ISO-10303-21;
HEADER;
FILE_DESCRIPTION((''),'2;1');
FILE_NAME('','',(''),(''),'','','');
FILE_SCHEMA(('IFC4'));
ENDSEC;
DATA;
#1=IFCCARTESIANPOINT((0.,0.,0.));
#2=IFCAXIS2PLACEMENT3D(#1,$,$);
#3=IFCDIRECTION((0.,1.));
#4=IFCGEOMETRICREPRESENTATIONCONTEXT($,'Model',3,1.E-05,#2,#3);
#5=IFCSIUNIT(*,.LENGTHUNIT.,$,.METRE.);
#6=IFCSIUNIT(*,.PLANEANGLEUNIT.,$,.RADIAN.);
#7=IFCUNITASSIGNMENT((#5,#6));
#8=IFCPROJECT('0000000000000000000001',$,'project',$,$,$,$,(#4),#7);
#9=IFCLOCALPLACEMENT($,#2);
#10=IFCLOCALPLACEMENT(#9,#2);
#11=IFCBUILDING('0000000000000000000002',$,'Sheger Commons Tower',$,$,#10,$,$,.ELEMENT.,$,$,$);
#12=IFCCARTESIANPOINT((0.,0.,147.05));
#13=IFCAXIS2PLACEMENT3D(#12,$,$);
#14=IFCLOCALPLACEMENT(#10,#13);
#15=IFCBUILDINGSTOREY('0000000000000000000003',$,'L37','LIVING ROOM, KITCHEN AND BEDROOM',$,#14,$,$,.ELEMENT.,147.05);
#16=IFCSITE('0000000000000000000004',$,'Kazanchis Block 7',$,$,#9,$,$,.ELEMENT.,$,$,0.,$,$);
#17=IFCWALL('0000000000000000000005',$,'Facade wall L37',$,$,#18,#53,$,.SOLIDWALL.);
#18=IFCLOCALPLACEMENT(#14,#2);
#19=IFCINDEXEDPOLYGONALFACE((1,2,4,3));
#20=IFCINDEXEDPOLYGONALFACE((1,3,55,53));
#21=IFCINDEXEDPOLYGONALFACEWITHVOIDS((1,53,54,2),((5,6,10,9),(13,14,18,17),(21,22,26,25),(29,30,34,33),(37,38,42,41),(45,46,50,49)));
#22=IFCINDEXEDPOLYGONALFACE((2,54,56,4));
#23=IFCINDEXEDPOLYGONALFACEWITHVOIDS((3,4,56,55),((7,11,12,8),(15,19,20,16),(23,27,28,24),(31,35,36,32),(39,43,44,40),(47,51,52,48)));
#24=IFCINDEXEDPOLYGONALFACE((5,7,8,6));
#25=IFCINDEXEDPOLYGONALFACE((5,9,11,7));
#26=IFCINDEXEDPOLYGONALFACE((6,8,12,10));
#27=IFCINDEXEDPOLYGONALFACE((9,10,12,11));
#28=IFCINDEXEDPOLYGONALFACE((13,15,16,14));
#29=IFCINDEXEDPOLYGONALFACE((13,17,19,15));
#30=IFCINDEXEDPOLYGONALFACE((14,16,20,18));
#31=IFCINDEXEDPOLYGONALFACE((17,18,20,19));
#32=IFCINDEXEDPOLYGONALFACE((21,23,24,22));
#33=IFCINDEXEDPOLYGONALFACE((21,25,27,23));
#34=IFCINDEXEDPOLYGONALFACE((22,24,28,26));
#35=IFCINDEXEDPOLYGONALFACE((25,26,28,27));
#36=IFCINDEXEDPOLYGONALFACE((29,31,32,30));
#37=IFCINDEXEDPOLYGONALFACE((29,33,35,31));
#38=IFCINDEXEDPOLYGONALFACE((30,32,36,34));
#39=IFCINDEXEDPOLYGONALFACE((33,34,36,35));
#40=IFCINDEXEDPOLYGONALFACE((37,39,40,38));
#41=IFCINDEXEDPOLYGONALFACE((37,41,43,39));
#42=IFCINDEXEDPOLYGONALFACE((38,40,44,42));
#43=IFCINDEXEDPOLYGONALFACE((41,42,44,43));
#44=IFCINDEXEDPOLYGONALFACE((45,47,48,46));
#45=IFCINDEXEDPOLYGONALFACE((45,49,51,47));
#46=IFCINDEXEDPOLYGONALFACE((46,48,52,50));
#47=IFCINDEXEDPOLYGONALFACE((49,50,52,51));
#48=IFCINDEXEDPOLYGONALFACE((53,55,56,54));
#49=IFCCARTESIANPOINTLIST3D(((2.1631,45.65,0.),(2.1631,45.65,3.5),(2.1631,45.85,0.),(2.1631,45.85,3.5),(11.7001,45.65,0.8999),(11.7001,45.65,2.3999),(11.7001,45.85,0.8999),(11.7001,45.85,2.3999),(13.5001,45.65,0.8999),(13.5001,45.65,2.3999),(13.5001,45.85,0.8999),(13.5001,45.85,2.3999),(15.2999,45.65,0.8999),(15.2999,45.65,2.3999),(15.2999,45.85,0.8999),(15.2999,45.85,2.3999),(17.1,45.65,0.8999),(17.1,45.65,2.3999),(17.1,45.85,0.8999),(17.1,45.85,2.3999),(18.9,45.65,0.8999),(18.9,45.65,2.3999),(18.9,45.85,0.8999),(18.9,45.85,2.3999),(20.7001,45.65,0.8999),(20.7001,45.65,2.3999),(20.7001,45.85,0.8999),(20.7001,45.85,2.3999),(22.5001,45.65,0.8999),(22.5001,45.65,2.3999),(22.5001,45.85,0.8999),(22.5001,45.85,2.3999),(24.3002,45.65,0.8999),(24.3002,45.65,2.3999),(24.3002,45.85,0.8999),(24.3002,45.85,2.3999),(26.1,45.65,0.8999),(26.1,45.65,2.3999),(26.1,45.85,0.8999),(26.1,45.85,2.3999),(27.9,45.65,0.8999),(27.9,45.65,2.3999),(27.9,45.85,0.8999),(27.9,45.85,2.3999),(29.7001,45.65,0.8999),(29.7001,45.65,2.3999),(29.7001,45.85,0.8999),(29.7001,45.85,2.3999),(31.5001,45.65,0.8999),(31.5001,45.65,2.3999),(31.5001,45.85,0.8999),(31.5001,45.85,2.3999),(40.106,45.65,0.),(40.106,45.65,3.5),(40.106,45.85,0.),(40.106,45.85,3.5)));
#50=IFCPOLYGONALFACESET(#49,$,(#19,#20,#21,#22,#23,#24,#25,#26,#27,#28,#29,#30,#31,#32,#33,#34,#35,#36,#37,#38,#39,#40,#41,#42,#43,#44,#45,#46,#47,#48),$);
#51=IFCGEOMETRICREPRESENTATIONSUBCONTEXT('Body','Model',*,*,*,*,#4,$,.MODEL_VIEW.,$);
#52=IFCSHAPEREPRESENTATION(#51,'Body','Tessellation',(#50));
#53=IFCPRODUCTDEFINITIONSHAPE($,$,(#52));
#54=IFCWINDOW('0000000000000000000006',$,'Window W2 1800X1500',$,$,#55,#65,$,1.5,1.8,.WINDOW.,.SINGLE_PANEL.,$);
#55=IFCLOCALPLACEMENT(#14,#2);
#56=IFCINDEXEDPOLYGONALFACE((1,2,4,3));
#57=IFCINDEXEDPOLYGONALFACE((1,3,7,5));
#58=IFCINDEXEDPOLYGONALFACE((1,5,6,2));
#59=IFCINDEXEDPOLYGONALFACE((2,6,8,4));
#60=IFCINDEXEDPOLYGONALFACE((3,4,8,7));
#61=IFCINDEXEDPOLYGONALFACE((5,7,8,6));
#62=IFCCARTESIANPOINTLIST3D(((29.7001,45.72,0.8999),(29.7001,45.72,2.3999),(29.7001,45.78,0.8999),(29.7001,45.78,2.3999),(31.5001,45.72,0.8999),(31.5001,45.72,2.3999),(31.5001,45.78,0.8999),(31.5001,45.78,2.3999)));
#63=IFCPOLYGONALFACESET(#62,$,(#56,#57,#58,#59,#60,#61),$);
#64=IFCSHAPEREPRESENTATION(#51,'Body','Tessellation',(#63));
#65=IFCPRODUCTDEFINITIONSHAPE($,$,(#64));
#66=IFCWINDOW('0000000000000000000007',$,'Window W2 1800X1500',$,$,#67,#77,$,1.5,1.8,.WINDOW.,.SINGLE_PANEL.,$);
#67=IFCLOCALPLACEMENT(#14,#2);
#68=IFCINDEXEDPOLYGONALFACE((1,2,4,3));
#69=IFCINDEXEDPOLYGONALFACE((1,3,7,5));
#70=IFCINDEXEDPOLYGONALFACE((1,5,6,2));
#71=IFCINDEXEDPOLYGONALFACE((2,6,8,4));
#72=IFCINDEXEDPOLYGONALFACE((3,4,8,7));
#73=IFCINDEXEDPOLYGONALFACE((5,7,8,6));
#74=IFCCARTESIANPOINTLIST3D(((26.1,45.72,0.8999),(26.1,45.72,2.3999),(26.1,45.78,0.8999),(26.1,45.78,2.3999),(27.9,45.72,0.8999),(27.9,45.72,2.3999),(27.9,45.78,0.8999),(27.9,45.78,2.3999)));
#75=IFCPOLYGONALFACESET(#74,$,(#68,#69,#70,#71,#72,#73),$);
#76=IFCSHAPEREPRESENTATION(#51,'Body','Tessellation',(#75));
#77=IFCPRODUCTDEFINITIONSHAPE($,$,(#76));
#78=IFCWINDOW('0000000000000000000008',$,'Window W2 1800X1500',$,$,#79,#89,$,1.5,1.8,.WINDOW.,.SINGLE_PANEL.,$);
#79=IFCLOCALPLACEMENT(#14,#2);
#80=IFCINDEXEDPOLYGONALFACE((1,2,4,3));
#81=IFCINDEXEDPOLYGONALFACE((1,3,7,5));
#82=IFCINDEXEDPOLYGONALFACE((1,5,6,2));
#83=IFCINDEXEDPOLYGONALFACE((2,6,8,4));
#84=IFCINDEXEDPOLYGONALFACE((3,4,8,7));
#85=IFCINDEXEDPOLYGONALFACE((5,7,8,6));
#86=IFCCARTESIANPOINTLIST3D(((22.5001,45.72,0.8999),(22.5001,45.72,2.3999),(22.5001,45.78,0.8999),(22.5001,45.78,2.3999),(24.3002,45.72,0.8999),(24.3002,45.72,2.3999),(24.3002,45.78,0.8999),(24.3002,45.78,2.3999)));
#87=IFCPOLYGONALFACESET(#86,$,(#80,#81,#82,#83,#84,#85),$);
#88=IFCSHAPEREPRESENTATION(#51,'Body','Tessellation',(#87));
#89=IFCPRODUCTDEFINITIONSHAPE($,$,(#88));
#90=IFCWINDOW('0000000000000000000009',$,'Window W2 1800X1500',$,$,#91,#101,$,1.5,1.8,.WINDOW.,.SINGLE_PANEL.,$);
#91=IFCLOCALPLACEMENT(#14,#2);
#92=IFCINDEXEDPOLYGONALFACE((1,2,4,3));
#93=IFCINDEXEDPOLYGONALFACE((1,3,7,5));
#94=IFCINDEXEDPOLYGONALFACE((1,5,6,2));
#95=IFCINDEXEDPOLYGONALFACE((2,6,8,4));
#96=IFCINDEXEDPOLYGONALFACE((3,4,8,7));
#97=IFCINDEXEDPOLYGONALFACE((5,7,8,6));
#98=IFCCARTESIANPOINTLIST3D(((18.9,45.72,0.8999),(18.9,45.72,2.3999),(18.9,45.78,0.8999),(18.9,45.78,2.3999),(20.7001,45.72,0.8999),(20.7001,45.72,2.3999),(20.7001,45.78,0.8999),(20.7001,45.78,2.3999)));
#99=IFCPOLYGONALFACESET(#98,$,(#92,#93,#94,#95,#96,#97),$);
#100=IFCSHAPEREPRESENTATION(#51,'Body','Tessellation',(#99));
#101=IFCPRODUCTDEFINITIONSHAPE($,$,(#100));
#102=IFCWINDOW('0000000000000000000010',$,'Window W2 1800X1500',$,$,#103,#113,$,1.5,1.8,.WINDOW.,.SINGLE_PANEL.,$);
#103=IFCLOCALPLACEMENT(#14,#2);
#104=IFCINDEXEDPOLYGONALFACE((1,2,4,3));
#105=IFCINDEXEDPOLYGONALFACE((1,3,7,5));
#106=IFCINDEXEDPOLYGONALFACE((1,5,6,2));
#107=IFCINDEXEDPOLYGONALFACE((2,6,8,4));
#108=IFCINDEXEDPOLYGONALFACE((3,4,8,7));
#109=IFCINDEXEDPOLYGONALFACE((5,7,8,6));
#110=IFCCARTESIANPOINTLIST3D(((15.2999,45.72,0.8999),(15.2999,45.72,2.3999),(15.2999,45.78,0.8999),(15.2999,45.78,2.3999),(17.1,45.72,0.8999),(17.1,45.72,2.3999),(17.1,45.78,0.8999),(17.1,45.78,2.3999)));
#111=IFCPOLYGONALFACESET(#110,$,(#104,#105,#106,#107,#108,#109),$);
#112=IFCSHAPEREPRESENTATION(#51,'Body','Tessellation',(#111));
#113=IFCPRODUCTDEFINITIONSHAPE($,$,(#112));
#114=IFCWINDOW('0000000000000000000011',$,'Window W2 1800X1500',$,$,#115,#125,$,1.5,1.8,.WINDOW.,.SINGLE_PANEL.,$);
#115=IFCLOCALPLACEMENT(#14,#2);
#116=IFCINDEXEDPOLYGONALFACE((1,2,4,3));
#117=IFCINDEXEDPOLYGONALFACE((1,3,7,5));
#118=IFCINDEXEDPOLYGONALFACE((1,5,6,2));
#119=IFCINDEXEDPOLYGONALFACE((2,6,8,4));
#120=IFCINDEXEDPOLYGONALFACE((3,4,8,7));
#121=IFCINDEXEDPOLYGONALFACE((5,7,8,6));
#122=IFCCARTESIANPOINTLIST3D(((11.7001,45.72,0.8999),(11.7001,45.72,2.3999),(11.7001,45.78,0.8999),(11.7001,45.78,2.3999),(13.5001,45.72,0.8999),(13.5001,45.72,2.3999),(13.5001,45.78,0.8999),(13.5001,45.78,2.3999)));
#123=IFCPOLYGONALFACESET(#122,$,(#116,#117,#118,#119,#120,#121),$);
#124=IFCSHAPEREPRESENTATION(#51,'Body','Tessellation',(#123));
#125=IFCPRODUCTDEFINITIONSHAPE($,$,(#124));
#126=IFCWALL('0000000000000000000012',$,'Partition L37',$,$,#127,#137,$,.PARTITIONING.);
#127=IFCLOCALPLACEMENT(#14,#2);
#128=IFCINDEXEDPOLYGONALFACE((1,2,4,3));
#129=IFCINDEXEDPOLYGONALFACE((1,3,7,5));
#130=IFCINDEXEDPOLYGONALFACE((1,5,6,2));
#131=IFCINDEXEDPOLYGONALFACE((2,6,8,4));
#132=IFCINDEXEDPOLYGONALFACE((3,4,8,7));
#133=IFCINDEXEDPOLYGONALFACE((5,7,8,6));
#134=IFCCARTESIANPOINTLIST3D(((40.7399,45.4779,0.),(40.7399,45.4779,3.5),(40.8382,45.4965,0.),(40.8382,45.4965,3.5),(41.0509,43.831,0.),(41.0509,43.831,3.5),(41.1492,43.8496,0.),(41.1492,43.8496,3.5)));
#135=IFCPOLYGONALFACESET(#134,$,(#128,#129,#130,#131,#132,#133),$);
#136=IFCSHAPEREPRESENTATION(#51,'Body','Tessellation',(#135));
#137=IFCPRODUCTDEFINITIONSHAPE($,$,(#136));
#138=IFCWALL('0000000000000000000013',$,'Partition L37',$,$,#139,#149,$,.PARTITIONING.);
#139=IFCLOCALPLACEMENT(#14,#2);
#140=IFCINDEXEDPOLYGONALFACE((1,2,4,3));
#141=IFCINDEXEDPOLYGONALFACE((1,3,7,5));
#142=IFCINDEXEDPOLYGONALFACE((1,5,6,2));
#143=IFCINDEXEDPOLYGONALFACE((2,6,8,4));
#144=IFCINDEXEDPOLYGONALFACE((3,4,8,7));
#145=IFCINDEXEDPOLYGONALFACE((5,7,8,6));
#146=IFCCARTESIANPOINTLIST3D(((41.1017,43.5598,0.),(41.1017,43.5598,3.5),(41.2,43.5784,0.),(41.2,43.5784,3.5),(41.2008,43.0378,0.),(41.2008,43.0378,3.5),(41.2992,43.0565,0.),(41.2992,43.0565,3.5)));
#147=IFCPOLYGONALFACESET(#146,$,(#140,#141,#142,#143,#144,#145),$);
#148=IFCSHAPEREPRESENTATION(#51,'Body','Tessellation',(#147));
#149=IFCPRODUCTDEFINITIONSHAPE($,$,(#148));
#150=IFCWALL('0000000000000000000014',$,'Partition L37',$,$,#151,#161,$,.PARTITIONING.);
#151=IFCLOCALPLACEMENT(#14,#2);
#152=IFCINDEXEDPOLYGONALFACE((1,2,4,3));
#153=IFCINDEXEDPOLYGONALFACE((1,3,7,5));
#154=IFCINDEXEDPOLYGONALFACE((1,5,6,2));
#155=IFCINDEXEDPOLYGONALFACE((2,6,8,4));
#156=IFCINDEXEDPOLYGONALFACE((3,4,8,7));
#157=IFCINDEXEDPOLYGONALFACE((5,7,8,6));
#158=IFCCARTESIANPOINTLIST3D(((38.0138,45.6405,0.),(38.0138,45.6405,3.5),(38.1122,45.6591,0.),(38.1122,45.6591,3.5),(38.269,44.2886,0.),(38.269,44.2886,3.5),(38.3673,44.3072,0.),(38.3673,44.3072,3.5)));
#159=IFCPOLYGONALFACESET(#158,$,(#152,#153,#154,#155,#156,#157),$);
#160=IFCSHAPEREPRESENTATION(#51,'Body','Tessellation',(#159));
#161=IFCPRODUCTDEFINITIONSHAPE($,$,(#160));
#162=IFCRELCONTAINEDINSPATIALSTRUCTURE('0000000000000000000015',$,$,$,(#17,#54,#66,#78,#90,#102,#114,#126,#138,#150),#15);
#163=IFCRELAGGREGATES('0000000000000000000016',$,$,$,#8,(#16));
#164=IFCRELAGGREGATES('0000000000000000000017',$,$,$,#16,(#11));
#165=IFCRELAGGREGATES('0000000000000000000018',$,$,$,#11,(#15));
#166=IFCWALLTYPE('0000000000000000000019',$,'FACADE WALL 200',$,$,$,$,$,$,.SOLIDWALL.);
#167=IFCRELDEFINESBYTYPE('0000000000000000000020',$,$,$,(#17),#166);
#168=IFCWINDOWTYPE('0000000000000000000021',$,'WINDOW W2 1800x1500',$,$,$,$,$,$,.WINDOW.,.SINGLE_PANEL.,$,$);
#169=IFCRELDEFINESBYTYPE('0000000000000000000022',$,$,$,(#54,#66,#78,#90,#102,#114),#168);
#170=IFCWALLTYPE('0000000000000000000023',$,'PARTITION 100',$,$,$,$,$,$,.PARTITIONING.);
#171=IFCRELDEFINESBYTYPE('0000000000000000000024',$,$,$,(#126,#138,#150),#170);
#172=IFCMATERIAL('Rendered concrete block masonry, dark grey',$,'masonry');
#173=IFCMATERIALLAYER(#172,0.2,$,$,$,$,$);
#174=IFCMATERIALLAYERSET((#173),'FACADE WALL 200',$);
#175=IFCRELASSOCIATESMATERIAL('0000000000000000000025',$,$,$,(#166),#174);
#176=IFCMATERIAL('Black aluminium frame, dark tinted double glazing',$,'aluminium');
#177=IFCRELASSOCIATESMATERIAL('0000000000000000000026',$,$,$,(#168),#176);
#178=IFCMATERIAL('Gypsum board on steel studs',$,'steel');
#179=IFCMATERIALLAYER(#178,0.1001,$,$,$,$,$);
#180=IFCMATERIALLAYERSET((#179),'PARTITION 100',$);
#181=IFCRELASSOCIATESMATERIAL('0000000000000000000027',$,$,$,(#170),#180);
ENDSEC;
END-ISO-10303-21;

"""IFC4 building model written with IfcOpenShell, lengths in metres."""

from ifc_helpers import new_model, si_unit, direction, frame, frame_2d, origin, place, context, subcontext, project, spatial, rectangle, extrude, material, layer, layer_set, type_object, element, fill, save


model = new_model("IFC4")

# Units and contexts
model_context = context("Model", 3, precision=1e-05, world=origin(), true_north=direction((0.0, 1.0)))
body_context = subcontext(model_context, "Body", "Model", "MODEL_VIEW")
ifc_project = project(units=[si_unit("LENGTHUNIT", "METRE"), si_unit("PLANEANGLEUNIT", "RADIAN")], contexts=[model_context])

# Site, building, storey
site_placement = place(None, origin())
site = spatial("IfcSite", under=ifc_project, at=site_placement, Name="Kazanchis Block 7", CompositionType="ELEMENT", RefElevation=0.0)
building_placement = place(site_placement, origin())
building = spatial("IfcBuilding", under=site, at=building_placement, Name="Sheger Commons Tower", CompositionType="ELEMENT")
storey_placement = place(building_placement, frame((0.0, 0.0, 147.05)))
storey = spatial("IfcBuildingStorey", under=building, at=storey_placement, Name="L37", Description="LIVING ROOM, KITCHEN AND BEDROOM", CompositionType="ELEMENT", Elevation=147.05)

# Shared definitions
ifc_material_1 = material(Name="Rendered concrete block masonry, dark grey", Category="masonry")
ifc_layer_1 = layer(ifc_material_1, 0.2)
ifc_layer_set_1 = layer_set([ifc_layer_1], Name="FACADE WALL 200")
wall_type_1 = type_object("IfcWallType", Name="FACADE WALL 200", PredefinedType="SOLIDWALL", material=ifc_layer_set_1)

# Wall, openings, windows
wall_1_placement = place(storey_placement, frame((40.106, 45.75, 0.0), z_axis=(0.0, 0.0, 1.0), x_axis=(-1.0, 0.0, 0.0)))
wall_1 = element("IfcWall", 1, at=wall_1_placement, inside=storey, type_object=wall_type_1, Name="Facade wall L37", PredefinedType="SOLIDWALL", context=body_context, shape_type="SweptSolid", body=[
    extrude(rectangle(XDim=37.9429, YDim=0.2, at=frame_2d((18.9714, 0.0))), origin(), (0.0, 0.0, 1.0), 3.5),
])
opening_1_placement = place(wall_1_placement, frame((8.606, 0.0, 0.8999)))
opening_1 = element("IfcOpeningElement", 2, at=opening_1_placement, cuts=wall_1, PredefinedType="OPENING", context=body_context, shape_type="SweptSolid", body=[
    extrude(rectangle(XDim=1.8, YDim=1.5, at=frame_2d((0.8999, 0.75))), frame((0.0, 0.1099, 0.0), z_axis=(0.0, -1.0, 0.0), x_axis=(1.0, 0.0, 0.0)), (0.0, 0.0, 1.0), 0.22),
])
opening_2_placement = place(wall_1_placement, frame((12.2061, 0.0, 0.8999)))
opening_2 = element("IfcOpeningElement", 3, at=opening_2_placement, cuts=wall_1, PredefinedType="OPENING", context=body_context, shape_type="SweptSolid", body=[
    extrude(rectangle(XDim=1.8, YDim=1.5, at=frame_2d((0.8999, 0.75))), frame((0.0, 0.1099, 0.0), z_axis=(0.0, -1.0, 0.0), x_axis=(1.0, 0.0, 0.0)), (0.0, 0.0, 1.0), 0.22),
])
opening_3_placement = place(wall_1_placement, frame((15.8059, 0.0, 0.8999)))
opening_3 = element("IfcOpeningElement", 4, at=opening_3_placement, cuts=wall_1, PredefinedType="OPENING", context=body_context, shape_type="SweptSolid", body=[
    extrude(rectangle(XDim=1.8, YDim=1.5, at=frame_2d((0.8999, 0.75))), frame((0.0, 0.1099, 0.0), z_axis=(0.0, -1.0, 0.0), x_axis=(1.0, 0.0, 0.0)), (0.0, 0.0, 1.0), 0.22),
])
opening_4_placement = place(wall_1_placement, frame((19.406, 0.0, 0.8999)))
opening_4 = element("IfcOpeningElement", 5, at=opening_4_placement, cuts=wall_1, PredefinedType="OPENING", context=body_context, shape_type="SweptSolid", body=[
    extrude(rectangle(XDim=1.8, YDim=1.5, at=frame_2d((0.8999, 0.75))), frame((0.0, 0.1099, 0.0), z_axis=(0.0, -1.0, 0.0), x_axis=(1.0, 0.0, 0.0)), (0.0, 0.0, 1.0), 0.22),
])
opening_5_placement = place(wall_1_placement, frame((23.0061, 0.0, 0.8999)))
opening_5 = element("IfcOpeningElement", 6, at=opening_5_placement, cuts=wall_1, PredefinedType="OPENING", context=body_context, shape_type="SweptSolid", body=[
    extrude(rectangle(XDim=1.8, YDim=1.5, at=frame_2d((0.8999, 0.75))), frame((0.0, 0.1099, 0.0), z_axis=(0.0, -1.0, 0.0), x_axis=(1.0, 0.0, 0.0)), (0.0, 0.0, 1.0), 0.22),
])
opening_6_placement = place(wall_1_placement, frame((26.606, 0.0, 0.8999)))
opening_6 = element("IfcOpeningElement", 7, at=opening_6_placement, cuts=wall_1, PredefinedType="OPENING", context=body_context, shape_type="SweptSolid", body=[
    extrude(rectangle(XDim=1.8, YDim=1.5, at=frame_2d((0.8999, 0.75))), frame((0.0, 0.1099, 0.0), z_axis=(0.0, -1.0, 0.0), x_axis=(1.0, 0.0, 0.0)), (0.0, 0.0, 1.0), 0.22),
])
ifc_material_2 = material(Name="Black aluminium frame, dark tinted double glazing", Category="aluminium")
window_type = type_object("IfcWindowType", Name="WINDOW W2 1800x1500", PartitioningType="SINGLE_PANEL", PredefinedType="WINDOW", material=ifc_material_2)
window_1_placement = place(opening_1_placement, origin())
window_1 = element("IfcWindow", 8, at=window_1_placement, inside=storey, type_object=window_type, Name="Window W2 1800X1500", OverallHeight=1.5, OverallWidth=1.8, PartitioningType="SINGLE_PANEL", PredefinedType="WINDOW", context=body_context, shape_type="SweptSolid", body=[
    extrude(rectangle(XDim=1.8, YDim=1.5, at=frame_2d((0.8999, 0.75))), frame((0.0, 0.03, 0.0), z_axis=(0.0, -1.0, 0.0), x_axis=(1.0, 0.0, 0.0)), (0.0, 0.0, 1.0), 0.0601),
])
fill(opening_1, window_1)
window_2_placement = place(opening_2_placement, origin())
window_2 = element("IfcWindow", 9, at=window_2_placement, inside=storey, type_object=window_type, Name="Window W2 1800X1500", OverallHeight=1.5, OverallWidth=1.8, PartitioningType="SINGLE_PANEL", PredefinedType="WINDOW", context=body_context, shape_type="SweptSolid", body=[
    extrude(rectangle(XDim=1.8, YDim=1.5, at=frame_2d((0.8999, 0.75))), frame((0.0, 0.03, 0.0), z_axis=(0.0, -1.0, 0.0), x_axis=(1.0, 0.0, 0.0)), (0.0, 0.0, 1.0), 0.0601),
])
fill(opening_2, window_2)
window_3_placement = place(opening_3_placement, origin())
window_3 = element("IfcWindow", 10, at=window_3_placement, inside=storey, type_object=window_type, Name="Window W2 1800X1500", OverallHeight=1.5, OverallWidth=1.8, PartitioningType="SINGLE_PANEL", PredefinedType="WINDOW", context=body_context, shape_type="SweptSolid", body=[
    extrude(rectangle(XDim=1.8, YDim=1.5, at=frame_2d((0.8999, 0.75))), frame((0.0, 0.03, 0.0), z_axis=(0.0, -1.0, 0.0), x_axis=(1.0, 0.0, 0.0)), (0.0, 0.0, 1.0), 0.0601),
])
fill(opening_3, window_3)
window_4_placement = place(opening_4_placement, origin())
window_4 = element("IfcWindow", 11, at=window_4_placement, inside=storey, type_object=window_type, Name="Window W2 1800X1500", OverallHeight=1.5, OverallWidth=1.8, PartitioningType="SINGLE_PANEL", PredefinedType="WINDOW", context=body_context, shape_type="SweptSolid", body=[
    extrude(rectangle(XDim=1.8, YDim=1.5, at=frame_2d((0.8999, 0.75))), frame((0.0, 0.03, 0.0), z_axis=(0.0, -1.0, 0.0), x_axis=(1.0, 0.0, 0.0)), (0.0, 0.0, 1.0), 0.0601),
])
fill(opening_4, window_4)
window_5_placement = place(opening_5_placement, origin())
window_5 = element("IfcWindow", 12, at=window_5_placement, inside=storey, type_object=window_type, Name="Window W2 1800X1500", OverallHeight=1.5, OverallWidth=1.8, PartitioningType="SINGLE_PANEL", PredefinedType="WINDOW", context=body_context, shape_type="SweptSolid", body=[
    extrude(rectangle(XDim=1.8, YDim=1.5, at=frame_2d((0.8999, 0.75))), frame((0.0, 0.03, 0.0), z_axis=(0.0, -1.0, 0.0), x_axis=(1.0, 0.0, 0.0)), (0.0, 0.0, 1.0), 0.0601),
])
fill(opening_5, window_5)
window_6_placement = place(opening_6_placement, origin())
window_6 = element("IfcWindow", 13, at=window_6_placement, inside=storey, type_object=window_type, Name="Window W2 1800X1500", OverallHeight=1.5, OverallWidth=1.8, PartitioningType="SINGLE_PANEL", PredefinedType="WINDOW", context=body_context, shape_type="SweptSolid", body=[
    extrude(rectangle(XDim=1.8, YDim=1.5, at=frame_2d((0.8999, 0.75))), frame((0.0, 0.03, 0.0), z_axis=(0.0, -1.0, 0.0), x_axis=(1.0, 0.0, 0.0)), (0.0, 0.0, 1.0), 0.0601),
])
fill(opening_6, window_6)

# Walls
ifc_material_3 = material(Name="Gypsum board on steel studs", Category="steel")
ifc_layer_2 = layer(ifc_material_3, 0.1001)
ifc_layer_set_2 = layer_set([ifc_layer_2], Name="PARTITION 100")
wall_type_2 = type_object("IfcWallType", Name="PARTITION 100", PredefinedType="PARTITIONING", material=ifc_layer_set_2)
wall_2_placement = place(storey_placement, frame((40.7891, 45.4871, 0.0), z_axis=(0.0, 0.0, 1.0), x_axis=(0.185572, -0.982631, 0.0)))
element("IfcWall", 14, at=wall_2_placement, inside=storey, type_object=wall_type_2, Name="Partition L37", PredefinedType="PARTITIONING", context=body_context, shape_type="SweptSolid", body=[
    extrude(rectangle(XDim=1.676, YDim=0.1001, at=frame_2d((0.8379, 0.0))), origin(), (0.0, 0.0, 1.0), 3.5),
])
wall_3_placement = place(storey_placement, frame((41.1509, 43.5691, 0.0), z_axis=(0.0, 0.0, 1.0), x_axis=(0.186563, -0.982443, 0.0)))
element("IfcWall", 15, at=wall_3_placement, inside=storey, type_object=wall_type_2, Name="Partition L37", PredefinedType="PARTITIONING", context=body_context, shape_type="SweptSolid", body=[
    extrude(rectangle(XDim=0.5312, YDim=0.1001, at=frame_2d((0.2656, 0.0))), origin(), (0.0, 0.0, 1.0), 3.5),
])
wall_4_placement = place(storey_placement, frame((38.063, 45.6499, 0.0), z_axis=(0.0, 0.0, 1.0), x_axis=(0.185456, -0.982653, 0.0)))
element("IfcWall", 16, at=wall_4_placement, inside=storey, type_object=wall_type_2, Name="Partition L37", PredefinedType="PARTITIONING", context=body_context, shape_type="SweptSolid", body=[
    extrude(rectangle(XDim=1.3757, YDim=0.1001, at=frame_2d((0.688, 0.0))), origin(), (0.0, 0.0, 1.0), 3.5),
])

save(model, "model.ifc")
